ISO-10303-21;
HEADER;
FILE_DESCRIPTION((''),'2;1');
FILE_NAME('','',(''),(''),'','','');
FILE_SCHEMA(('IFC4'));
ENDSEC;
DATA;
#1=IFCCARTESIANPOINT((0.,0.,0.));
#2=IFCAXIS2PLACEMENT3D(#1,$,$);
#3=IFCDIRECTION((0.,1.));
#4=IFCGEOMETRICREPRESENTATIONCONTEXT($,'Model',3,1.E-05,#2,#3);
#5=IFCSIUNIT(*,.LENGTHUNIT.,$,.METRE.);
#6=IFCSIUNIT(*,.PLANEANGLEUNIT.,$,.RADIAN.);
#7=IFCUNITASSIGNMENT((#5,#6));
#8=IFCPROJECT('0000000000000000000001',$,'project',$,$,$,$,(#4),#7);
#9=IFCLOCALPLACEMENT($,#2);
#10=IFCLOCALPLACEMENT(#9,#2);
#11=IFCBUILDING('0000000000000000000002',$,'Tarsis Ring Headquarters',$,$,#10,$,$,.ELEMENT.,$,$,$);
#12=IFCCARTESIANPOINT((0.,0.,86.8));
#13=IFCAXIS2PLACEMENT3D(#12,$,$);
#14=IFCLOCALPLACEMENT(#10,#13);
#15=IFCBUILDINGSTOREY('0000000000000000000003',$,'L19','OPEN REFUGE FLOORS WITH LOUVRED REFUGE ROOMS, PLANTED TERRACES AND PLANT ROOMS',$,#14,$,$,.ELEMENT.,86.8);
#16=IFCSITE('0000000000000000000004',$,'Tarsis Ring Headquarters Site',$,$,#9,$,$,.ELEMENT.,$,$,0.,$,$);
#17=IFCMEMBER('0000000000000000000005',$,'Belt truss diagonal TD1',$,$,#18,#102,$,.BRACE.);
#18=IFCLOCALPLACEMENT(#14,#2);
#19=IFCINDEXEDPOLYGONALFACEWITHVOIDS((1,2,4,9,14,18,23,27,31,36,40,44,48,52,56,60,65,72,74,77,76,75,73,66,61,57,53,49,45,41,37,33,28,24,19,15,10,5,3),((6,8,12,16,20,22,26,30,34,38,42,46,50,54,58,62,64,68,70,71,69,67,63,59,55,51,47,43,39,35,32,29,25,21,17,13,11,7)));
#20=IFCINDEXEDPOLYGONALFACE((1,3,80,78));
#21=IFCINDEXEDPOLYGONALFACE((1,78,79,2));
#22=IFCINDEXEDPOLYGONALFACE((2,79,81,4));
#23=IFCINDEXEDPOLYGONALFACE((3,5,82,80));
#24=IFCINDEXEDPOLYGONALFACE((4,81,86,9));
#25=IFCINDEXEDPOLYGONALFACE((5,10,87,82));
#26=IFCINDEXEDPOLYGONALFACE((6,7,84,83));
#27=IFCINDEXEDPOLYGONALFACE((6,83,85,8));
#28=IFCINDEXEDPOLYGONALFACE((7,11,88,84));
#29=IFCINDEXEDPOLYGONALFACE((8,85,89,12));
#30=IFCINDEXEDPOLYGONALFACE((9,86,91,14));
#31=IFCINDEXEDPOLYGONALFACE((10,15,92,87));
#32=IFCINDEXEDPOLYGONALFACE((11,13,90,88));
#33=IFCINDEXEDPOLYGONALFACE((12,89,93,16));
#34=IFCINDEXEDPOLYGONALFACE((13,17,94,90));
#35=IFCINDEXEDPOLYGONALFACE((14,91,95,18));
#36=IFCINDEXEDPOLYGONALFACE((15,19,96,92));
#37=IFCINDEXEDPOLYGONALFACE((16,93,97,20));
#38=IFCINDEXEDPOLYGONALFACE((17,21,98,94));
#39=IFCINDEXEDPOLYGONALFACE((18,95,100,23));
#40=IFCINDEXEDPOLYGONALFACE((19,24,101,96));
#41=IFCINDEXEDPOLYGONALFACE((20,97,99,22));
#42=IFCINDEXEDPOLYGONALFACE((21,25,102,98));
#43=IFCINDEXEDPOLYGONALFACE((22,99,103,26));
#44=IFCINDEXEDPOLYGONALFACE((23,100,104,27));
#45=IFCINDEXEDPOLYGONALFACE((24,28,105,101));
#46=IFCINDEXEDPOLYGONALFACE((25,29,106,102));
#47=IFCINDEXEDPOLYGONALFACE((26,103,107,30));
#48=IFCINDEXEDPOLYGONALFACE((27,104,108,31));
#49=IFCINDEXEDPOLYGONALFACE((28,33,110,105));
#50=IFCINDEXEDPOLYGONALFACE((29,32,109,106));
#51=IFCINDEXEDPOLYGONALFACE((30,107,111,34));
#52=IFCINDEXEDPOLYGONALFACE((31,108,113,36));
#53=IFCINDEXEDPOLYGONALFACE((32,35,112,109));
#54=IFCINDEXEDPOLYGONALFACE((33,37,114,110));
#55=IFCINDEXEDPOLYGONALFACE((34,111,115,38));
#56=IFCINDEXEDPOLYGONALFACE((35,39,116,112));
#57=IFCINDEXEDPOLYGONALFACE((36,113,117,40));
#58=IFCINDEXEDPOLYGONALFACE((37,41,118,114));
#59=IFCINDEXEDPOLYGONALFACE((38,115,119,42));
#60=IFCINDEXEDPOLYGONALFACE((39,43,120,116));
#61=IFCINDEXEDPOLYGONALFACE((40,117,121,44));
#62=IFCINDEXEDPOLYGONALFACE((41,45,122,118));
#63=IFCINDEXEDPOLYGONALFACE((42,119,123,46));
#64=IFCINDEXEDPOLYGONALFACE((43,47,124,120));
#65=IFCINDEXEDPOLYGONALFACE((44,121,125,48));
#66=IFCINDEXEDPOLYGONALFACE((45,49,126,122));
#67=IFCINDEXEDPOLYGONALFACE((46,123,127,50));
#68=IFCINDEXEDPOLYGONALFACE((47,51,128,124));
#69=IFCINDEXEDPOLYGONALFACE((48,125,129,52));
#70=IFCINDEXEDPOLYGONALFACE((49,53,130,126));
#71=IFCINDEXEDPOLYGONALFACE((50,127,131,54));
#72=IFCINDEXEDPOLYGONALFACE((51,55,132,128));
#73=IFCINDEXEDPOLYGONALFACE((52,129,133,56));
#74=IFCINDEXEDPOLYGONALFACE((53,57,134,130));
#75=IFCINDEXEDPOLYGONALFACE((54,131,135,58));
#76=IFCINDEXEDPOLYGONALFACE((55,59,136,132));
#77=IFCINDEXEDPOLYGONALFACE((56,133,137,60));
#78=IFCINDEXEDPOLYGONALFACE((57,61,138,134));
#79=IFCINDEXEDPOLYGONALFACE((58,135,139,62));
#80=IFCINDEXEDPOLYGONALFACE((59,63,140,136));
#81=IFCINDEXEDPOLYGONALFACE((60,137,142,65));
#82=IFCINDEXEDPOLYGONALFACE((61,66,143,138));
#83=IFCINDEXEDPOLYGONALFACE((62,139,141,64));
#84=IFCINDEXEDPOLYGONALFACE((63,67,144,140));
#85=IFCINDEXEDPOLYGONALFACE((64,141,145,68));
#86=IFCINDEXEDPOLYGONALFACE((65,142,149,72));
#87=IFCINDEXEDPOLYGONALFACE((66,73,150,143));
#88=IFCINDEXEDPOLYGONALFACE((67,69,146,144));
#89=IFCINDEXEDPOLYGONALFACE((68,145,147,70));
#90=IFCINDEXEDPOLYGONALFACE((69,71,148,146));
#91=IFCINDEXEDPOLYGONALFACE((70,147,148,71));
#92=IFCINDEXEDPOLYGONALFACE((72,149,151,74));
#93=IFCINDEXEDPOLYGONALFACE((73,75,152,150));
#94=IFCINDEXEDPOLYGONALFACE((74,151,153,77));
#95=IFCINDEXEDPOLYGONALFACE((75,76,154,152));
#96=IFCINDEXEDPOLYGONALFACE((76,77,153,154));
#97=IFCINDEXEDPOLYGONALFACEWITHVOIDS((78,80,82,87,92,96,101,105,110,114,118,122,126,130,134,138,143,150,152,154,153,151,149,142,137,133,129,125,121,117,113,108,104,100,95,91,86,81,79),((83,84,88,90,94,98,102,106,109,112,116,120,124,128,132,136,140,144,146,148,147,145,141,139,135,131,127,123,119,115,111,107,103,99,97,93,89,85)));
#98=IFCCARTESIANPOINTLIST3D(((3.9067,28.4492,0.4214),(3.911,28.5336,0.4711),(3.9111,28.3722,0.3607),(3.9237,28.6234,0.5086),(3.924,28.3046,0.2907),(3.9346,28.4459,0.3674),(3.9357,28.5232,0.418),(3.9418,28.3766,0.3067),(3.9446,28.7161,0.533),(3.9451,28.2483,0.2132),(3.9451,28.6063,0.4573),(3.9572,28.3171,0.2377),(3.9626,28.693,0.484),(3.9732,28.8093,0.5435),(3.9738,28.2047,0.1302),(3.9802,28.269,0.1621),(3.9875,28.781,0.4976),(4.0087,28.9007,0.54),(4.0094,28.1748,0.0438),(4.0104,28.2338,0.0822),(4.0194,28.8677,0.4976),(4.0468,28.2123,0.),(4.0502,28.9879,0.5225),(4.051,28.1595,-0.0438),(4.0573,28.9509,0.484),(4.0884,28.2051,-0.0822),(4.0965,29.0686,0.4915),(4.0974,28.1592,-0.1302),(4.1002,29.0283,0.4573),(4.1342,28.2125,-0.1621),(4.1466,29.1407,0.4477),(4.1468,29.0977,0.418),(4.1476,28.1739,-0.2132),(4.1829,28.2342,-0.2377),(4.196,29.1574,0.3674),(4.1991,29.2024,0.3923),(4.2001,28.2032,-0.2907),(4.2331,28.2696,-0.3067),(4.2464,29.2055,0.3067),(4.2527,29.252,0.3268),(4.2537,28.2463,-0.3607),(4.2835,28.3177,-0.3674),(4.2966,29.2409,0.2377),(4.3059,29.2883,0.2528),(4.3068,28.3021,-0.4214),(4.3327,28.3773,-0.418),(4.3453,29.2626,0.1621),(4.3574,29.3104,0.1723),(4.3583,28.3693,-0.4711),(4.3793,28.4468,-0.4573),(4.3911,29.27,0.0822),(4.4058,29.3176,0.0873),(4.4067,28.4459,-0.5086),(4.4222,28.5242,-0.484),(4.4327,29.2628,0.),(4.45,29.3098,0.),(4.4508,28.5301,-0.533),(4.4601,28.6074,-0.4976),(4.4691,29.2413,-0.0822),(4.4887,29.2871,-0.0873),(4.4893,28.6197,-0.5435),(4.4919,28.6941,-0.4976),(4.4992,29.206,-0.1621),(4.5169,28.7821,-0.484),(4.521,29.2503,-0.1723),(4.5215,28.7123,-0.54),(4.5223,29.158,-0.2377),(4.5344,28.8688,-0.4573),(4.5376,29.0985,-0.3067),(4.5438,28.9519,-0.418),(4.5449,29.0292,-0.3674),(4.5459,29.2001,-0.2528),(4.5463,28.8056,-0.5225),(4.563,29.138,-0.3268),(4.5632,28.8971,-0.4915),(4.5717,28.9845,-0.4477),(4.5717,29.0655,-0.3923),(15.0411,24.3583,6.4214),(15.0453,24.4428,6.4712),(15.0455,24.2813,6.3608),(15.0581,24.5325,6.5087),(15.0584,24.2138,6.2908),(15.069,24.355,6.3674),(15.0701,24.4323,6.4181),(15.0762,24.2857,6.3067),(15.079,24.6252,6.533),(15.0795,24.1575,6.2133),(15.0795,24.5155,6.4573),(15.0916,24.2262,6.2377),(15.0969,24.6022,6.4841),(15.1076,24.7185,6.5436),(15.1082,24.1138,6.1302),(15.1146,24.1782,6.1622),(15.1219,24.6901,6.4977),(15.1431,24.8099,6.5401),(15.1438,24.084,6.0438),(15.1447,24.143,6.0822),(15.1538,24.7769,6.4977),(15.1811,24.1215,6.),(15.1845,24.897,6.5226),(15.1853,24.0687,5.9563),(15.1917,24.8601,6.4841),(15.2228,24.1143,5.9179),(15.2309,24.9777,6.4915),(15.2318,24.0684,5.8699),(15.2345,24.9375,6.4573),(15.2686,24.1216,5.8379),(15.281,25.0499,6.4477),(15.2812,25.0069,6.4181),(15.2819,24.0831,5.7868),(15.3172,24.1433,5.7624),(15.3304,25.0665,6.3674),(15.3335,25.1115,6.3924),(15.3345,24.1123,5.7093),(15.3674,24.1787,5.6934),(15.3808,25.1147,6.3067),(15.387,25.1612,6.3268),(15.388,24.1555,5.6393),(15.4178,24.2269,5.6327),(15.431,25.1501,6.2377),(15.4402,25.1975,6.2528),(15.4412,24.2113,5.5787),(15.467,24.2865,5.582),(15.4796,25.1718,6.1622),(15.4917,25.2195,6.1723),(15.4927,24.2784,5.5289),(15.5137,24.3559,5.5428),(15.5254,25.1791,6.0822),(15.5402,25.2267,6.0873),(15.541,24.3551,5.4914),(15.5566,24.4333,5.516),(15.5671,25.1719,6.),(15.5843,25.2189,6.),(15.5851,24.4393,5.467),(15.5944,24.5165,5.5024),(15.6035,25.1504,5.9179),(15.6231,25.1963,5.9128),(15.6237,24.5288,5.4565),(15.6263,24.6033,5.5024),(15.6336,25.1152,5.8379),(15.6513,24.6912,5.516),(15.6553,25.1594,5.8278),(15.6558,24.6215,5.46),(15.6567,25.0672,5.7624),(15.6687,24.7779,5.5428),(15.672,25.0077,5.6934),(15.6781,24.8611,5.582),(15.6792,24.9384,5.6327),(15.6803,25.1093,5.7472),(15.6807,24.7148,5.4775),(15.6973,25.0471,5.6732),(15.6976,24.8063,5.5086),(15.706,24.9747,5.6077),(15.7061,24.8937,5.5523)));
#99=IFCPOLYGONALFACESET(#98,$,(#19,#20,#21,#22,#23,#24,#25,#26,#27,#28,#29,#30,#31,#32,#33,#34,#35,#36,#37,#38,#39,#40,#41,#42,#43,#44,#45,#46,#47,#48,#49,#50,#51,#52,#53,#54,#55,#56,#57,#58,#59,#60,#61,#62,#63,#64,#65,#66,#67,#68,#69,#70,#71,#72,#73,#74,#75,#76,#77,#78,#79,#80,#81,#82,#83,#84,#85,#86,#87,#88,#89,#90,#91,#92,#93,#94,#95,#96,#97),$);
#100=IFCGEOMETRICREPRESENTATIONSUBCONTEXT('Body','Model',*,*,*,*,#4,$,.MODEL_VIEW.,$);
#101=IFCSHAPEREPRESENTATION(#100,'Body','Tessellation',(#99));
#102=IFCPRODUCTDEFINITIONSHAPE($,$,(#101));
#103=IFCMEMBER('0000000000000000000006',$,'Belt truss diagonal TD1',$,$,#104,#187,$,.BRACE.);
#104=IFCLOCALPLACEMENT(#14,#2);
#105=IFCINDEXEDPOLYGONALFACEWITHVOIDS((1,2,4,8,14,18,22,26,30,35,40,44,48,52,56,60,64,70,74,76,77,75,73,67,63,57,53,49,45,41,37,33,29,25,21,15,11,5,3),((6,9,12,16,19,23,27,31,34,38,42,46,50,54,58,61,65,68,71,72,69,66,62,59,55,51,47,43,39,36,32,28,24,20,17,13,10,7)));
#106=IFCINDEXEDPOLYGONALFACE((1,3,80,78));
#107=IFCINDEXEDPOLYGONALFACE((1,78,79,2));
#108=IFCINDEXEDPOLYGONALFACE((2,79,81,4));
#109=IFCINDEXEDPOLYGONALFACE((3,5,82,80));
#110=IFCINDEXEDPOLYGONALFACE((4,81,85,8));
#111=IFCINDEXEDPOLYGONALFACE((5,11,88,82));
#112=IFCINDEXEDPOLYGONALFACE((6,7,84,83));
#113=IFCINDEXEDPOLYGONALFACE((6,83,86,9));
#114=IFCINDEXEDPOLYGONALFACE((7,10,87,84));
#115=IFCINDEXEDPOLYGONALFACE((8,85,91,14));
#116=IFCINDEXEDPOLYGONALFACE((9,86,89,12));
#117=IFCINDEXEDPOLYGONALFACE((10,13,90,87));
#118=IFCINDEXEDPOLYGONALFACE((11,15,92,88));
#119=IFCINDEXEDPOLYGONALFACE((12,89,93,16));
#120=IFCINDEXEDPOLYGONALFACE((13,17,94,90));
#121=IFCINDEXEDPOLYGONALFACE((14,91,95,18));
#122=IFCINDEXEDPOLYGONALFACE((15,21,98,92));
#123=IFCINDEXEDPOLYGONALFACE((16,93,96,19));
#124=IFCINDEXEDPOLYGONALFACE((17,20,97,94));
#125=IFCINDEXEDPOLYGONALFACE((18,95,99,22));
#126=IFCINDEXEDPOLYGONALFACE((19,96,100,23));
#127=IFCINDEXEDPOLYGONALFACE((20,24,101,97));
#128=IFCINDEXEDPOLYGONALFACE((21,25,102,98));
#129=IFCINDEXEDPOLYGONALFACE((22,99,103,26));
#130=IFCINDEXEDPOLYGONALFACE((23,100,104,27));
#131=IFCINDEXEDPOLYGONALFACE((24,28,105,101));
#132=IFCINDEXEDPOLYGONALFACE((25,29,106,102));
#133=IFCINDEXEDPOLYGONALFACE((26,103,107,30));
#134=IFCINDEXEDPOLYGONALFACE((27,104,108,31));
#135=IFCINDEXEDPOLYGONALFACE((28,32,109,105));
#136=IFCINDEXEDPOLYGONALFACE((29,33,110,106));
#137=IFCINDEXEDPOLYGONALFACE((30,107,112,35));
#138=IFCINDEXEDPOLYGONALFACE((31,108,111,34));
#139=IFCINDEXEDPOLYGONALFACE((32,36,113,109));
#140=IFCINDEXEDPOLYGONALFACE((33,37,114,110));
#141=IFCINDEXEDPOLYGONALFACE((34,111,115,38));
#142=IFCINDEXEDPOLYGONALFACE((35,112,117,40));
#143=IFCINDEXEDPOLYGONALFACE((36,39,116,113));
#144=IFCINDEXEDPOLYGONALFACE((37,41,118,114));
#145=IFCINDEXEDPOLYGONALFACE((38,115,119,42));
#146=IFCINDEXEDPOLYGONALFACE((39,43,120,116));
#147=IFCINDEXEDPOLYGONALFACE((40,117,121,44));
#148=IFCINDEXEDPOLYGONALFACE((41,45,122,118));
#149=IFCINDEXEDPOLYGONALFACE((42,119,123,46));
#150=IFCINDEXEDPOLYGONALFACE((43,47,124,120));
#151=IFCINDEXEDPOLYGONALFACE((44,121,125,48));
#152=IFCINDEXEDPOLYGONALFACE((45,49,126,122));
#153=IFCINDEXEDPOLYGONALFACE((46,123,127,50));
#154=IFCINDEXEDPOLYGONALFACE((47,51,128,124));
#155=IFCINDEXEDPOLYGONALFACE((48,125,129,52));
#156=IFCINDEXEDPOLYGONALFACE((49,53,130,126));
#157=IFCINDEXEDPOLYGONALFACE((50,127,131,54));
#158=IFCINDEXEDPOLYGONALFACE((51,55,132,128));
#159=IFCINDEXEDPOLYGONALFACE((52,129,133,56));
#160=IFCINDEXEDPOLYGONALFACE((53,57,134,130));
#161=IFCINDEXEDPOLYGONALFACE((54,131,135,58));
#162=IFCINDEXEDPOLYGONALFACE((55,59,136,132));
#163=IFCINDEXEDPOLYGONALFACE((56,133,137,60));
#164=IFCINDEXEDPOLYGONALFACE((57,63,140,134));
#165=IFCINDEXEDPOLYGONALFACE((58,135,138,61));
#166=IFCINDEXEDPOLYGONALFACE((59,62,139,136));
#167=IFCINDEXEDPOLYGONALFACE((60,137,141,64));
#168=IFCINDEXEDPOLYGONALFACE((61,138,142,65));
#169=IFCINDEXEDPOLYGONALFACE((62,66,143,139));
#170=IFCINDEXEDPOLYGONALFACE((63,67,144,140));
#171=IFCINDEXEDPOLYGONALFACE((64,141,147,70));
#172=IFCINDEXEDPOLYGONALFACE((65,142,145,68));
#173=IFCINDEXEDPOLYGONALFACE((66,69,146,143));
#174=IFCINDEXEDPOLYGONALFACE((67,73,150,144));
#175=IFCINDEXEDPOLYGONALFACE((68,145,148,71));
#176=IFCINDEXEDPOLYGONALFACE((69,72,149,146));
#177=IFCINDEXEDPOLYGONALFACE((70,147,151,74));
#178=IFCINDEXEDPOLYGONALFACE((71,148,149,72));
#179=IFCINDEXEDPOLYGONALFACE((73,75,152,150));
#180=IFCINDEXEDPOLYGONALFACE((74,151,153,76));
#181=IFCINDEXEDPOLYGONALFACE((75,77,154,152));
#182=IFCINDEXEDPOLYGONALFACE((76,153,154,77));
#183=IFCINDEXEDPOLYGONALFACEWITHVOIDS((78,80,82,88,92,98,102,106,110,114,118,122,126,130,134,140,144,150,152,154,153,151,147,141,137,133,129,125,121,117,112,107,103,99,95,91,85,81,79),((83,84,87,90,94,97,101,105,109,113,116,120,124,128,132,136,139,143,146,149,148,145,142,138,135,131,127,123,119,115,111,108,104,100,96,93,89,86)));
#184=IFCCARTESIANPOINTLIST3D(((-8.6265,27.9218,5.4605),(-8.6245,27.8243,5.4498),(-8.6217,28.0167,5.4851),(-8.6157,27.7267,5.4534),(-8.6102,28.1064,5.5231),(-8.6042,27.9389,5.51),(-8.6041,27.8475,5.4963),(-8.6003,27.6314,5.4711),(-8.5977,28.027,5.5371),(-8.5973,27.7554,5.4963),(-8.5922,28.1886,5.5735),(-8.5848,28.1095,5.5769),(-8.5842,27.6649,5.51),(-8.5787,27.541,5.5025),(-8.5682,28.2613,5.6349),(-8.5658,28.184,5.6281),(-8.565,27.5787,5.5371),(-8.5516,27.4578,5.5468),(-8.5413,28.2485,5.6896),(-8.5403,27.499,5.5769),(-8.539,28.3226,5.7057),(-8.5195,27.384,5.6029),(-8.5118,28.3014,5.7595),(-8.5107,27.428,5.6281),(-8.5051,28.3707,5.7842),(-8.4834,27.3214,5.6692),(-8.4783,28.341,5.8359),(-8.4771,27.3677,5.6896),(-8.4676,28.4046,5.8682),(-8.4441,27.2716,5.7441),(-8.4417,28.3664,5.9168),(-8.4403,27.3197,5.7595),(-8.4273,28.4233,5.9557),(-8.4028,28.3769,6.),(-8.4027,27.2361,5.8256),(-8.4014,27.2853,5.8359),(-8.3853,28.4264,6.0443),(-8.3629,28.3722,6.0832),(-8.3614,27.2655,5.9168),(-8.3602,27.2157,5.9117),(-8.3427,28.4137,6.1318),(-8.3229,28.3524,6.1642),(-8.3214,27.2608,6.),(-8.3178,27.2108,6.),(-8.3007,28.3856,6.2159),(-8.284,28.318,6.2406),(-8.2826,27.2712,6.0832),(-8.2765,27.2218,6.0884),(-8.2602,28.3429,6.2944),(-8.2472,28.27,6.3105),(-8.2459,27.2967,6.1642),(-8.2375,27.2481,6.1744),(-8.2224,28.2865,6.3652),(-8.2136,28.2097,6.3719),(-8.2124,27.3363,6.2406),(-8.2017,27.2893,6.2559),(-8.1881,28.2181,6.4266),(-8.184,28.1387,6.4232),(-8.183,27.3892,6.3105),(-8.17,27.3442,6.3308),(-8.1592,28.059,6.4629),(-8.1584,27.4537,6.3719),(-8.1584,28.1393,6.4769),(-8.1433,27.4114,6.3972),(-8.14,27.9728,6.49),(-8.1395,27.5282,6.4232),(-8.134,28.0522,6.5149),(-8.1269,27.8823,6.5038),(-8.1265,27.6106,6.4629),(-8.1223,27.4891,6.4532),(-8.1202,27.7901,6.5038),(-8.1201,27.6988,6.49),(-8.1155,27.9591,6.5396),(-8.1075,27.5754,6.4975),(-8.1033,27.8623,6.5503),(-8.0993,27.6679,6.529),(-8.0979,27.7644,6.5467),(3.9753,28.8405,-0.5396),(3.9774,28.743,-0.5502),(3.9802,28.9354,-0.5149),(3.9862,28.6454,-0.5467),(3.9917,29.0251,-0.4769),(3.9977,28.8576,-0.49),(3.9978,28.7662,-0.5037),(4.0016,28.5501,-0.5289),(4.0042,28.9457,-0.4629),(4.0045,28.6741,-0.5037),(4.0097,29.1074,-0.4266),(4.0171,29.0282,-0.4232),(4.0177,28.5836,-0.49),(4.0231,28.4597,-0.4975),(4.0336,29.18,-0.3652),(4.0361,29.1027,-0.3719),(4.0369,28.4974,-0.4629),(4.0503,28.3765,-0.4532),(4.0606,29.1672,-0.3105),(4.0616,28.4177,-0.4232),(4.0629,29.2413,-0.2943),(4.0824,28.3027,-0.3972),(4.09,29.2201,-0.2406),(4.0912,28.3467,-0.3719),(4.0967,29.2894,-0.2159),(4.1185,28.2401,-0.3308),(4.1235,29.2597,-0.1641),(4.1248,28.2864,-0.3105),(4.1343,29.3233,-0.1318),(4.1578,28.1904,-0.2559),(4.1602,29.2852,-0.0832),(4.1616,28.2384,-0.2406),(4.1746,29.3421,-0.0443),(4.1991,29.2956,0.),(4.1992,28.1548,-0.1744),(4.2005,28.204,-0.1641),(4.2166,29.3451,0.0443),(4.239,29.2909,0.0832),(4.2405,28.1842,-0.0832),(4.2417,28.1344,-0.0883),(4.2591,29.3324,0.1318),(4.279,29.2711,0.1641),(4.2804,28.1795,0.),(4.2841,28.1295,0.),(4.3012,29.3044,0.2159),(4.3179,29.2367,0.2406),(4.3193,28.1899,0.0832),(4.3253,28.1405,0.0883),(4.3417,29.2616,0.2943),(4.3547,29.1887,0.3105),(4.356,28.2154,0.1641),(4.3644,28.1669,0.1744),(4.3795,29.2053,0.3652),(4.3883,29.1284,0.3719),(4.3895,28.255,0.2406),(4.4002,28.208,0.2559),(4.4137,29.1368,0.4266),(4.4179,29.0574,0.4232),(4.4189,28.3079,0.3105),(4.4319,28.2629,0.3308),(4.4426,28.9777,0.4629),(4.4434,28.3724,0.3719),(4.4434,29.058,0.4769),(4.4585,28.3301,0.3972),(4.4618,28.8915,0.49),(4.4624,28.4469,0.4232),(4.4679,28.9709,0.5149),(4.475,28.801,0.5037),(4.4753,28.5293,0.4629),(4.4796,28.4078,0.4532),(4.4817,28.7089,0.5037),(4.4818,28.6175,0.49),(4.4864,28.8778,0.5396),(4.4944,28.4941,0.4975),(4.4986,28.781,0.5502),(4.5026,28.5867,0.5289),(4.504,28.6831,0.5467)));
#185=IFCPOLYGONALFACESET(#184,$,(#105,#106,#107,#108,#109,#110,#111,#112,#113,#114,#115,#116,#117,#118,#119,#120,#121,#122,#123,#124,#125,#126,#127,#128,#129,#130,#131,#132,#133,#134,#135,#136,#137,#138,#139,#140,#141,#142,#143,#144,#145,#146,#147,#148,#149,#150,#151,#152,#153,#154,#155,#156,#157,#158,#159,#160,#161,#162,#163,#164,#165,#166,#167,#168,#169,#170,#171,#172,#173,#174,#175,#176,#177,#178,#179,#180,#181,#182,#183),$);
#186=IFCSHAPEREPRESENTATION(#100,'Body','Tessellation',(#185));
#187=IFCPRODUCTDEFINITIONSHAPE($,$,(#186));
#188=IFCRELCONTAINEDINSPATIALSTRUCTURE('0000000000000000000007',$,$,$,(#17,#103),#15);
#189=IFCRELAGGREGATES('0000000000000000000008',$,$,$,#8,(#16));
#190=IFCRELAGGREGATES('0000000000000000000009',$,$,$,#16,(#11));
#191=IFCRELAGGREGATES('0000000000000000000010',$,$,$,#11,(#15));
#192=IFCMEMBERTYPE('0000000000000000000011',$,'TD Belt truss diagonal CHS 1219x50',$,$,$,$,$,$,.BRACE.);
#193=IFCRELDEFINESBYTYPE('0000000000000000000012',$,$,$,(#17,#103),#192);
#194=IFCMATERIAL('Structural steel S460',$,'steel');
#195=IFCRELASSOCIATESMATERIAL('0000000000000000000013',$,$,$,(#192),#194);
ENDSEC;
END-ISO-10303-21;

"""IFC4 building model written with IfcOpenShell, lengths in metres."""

from ifc_helpers import new_model, si_unit, direction, frame, origin, origin_2d, place, context, subcontext, project, spatial, hollow_circle, extrude, material, material_profile, profile_set, type_object, element, save


model = new_model("IFC4")

# Units and contexts
model_context = context("Model", 3, precision=1e-05, world=origin(), true_north=direction((0.0, 1.0)))
body_context = subcontext(model_context, "Body", "Model", "MODEL_VIEW")
ifc_project = project(units=[si_unit("LENGTHUNIT", "METRE"), si_unit("PLANEANGLEUNIT", "RADIAN")], contexts=[model_context])

# Site, building, storey
site_placement = place(None, origin())
site = spatial("IfcSite", under=ifc_project, at=site_placement, Name="Tarsis Ring Headquarters Site", CompositionType="ELEMENT", RefElevation=0.0)
building_placement = place(site_placement, origin())
building = spatial("IfcBuilding", under=site, at=building_placement, Name="Tarsis Ring Headquarters", CompositionType="ELEMENT")
storey_placement = place(building_placement, frame((0.0, 0.0, 86.8)))
storey = spatial("IfcBuildingStorey", under=building, at=storey_placement, Name="L19", Description="OPEN REFUGE FLOORS WITH LOUVRED REFUGE ROOMS, PLANTED TERRACES AND PLANT ROOMS", CompositionType="ELEMENT", Elevation=86.8)

# Shared definitions
ifc_material_1 = material(Name="Structural steel S460", Category="steel")
ifc_material_profile_1 = material_profile(ifc_material_1, hollow_circle(Radius=0.6096, WallThickness=0.05, at=origin_2d()), Name="CHS 1219x50")
ifc_profile_set_1 = profile_set([ifc_material_profile_1], Name="Structural steel S460")

# Members
member_type_1 = type_object("IfcMemberType", Name="TD Belt truss diagonal CHS 1219x50", PredefinedType="BRACE", material=ifc_profile_set_1)
member_1_placement = place(storey_placement, frame((4.2397, 28.7375, 0.0), z_axis=(0.837597, -0.30774, 0.451361), x_axis=(0.344868, 0.938651, 0.0)))
element("IfcMember", 1, at=member_1_placement, inside=storey, type_object=member_type_1, Name="Belt truss diagonal TD1", PredefinedType="BRACE", context=body_context, shape_type="SweptSolid", body=[
    extrude(hollow_circle(Radius=0.6096, WallThickness=0.05, at=origin_2d()), origin(), (0.0, 0.0, 1.0), 13.2932),
])
member_2_placement = place(storey_placement, frame((4.2397, 28.7375, 0.0), z_axis=(-0.900935, -0.06568, 0.428955), x_axis=(0.072709, -0.997353, 0.0)))
element("IfcMember", 2, at=member_2_placement, inside=storey, type_object=member_type_1, Name="Belt truss diagonal TD1", PredefinedType="BRACE", context=body_context, shape_type="SweptSolid", body=[
    extrude(hollow_circle(Radius=0.6096, WallThickness=0.05, at=origin_2d()), origin(), (0.0, 0.0, 1.0), 13.9875),
])

save(model, "model.ifc")
